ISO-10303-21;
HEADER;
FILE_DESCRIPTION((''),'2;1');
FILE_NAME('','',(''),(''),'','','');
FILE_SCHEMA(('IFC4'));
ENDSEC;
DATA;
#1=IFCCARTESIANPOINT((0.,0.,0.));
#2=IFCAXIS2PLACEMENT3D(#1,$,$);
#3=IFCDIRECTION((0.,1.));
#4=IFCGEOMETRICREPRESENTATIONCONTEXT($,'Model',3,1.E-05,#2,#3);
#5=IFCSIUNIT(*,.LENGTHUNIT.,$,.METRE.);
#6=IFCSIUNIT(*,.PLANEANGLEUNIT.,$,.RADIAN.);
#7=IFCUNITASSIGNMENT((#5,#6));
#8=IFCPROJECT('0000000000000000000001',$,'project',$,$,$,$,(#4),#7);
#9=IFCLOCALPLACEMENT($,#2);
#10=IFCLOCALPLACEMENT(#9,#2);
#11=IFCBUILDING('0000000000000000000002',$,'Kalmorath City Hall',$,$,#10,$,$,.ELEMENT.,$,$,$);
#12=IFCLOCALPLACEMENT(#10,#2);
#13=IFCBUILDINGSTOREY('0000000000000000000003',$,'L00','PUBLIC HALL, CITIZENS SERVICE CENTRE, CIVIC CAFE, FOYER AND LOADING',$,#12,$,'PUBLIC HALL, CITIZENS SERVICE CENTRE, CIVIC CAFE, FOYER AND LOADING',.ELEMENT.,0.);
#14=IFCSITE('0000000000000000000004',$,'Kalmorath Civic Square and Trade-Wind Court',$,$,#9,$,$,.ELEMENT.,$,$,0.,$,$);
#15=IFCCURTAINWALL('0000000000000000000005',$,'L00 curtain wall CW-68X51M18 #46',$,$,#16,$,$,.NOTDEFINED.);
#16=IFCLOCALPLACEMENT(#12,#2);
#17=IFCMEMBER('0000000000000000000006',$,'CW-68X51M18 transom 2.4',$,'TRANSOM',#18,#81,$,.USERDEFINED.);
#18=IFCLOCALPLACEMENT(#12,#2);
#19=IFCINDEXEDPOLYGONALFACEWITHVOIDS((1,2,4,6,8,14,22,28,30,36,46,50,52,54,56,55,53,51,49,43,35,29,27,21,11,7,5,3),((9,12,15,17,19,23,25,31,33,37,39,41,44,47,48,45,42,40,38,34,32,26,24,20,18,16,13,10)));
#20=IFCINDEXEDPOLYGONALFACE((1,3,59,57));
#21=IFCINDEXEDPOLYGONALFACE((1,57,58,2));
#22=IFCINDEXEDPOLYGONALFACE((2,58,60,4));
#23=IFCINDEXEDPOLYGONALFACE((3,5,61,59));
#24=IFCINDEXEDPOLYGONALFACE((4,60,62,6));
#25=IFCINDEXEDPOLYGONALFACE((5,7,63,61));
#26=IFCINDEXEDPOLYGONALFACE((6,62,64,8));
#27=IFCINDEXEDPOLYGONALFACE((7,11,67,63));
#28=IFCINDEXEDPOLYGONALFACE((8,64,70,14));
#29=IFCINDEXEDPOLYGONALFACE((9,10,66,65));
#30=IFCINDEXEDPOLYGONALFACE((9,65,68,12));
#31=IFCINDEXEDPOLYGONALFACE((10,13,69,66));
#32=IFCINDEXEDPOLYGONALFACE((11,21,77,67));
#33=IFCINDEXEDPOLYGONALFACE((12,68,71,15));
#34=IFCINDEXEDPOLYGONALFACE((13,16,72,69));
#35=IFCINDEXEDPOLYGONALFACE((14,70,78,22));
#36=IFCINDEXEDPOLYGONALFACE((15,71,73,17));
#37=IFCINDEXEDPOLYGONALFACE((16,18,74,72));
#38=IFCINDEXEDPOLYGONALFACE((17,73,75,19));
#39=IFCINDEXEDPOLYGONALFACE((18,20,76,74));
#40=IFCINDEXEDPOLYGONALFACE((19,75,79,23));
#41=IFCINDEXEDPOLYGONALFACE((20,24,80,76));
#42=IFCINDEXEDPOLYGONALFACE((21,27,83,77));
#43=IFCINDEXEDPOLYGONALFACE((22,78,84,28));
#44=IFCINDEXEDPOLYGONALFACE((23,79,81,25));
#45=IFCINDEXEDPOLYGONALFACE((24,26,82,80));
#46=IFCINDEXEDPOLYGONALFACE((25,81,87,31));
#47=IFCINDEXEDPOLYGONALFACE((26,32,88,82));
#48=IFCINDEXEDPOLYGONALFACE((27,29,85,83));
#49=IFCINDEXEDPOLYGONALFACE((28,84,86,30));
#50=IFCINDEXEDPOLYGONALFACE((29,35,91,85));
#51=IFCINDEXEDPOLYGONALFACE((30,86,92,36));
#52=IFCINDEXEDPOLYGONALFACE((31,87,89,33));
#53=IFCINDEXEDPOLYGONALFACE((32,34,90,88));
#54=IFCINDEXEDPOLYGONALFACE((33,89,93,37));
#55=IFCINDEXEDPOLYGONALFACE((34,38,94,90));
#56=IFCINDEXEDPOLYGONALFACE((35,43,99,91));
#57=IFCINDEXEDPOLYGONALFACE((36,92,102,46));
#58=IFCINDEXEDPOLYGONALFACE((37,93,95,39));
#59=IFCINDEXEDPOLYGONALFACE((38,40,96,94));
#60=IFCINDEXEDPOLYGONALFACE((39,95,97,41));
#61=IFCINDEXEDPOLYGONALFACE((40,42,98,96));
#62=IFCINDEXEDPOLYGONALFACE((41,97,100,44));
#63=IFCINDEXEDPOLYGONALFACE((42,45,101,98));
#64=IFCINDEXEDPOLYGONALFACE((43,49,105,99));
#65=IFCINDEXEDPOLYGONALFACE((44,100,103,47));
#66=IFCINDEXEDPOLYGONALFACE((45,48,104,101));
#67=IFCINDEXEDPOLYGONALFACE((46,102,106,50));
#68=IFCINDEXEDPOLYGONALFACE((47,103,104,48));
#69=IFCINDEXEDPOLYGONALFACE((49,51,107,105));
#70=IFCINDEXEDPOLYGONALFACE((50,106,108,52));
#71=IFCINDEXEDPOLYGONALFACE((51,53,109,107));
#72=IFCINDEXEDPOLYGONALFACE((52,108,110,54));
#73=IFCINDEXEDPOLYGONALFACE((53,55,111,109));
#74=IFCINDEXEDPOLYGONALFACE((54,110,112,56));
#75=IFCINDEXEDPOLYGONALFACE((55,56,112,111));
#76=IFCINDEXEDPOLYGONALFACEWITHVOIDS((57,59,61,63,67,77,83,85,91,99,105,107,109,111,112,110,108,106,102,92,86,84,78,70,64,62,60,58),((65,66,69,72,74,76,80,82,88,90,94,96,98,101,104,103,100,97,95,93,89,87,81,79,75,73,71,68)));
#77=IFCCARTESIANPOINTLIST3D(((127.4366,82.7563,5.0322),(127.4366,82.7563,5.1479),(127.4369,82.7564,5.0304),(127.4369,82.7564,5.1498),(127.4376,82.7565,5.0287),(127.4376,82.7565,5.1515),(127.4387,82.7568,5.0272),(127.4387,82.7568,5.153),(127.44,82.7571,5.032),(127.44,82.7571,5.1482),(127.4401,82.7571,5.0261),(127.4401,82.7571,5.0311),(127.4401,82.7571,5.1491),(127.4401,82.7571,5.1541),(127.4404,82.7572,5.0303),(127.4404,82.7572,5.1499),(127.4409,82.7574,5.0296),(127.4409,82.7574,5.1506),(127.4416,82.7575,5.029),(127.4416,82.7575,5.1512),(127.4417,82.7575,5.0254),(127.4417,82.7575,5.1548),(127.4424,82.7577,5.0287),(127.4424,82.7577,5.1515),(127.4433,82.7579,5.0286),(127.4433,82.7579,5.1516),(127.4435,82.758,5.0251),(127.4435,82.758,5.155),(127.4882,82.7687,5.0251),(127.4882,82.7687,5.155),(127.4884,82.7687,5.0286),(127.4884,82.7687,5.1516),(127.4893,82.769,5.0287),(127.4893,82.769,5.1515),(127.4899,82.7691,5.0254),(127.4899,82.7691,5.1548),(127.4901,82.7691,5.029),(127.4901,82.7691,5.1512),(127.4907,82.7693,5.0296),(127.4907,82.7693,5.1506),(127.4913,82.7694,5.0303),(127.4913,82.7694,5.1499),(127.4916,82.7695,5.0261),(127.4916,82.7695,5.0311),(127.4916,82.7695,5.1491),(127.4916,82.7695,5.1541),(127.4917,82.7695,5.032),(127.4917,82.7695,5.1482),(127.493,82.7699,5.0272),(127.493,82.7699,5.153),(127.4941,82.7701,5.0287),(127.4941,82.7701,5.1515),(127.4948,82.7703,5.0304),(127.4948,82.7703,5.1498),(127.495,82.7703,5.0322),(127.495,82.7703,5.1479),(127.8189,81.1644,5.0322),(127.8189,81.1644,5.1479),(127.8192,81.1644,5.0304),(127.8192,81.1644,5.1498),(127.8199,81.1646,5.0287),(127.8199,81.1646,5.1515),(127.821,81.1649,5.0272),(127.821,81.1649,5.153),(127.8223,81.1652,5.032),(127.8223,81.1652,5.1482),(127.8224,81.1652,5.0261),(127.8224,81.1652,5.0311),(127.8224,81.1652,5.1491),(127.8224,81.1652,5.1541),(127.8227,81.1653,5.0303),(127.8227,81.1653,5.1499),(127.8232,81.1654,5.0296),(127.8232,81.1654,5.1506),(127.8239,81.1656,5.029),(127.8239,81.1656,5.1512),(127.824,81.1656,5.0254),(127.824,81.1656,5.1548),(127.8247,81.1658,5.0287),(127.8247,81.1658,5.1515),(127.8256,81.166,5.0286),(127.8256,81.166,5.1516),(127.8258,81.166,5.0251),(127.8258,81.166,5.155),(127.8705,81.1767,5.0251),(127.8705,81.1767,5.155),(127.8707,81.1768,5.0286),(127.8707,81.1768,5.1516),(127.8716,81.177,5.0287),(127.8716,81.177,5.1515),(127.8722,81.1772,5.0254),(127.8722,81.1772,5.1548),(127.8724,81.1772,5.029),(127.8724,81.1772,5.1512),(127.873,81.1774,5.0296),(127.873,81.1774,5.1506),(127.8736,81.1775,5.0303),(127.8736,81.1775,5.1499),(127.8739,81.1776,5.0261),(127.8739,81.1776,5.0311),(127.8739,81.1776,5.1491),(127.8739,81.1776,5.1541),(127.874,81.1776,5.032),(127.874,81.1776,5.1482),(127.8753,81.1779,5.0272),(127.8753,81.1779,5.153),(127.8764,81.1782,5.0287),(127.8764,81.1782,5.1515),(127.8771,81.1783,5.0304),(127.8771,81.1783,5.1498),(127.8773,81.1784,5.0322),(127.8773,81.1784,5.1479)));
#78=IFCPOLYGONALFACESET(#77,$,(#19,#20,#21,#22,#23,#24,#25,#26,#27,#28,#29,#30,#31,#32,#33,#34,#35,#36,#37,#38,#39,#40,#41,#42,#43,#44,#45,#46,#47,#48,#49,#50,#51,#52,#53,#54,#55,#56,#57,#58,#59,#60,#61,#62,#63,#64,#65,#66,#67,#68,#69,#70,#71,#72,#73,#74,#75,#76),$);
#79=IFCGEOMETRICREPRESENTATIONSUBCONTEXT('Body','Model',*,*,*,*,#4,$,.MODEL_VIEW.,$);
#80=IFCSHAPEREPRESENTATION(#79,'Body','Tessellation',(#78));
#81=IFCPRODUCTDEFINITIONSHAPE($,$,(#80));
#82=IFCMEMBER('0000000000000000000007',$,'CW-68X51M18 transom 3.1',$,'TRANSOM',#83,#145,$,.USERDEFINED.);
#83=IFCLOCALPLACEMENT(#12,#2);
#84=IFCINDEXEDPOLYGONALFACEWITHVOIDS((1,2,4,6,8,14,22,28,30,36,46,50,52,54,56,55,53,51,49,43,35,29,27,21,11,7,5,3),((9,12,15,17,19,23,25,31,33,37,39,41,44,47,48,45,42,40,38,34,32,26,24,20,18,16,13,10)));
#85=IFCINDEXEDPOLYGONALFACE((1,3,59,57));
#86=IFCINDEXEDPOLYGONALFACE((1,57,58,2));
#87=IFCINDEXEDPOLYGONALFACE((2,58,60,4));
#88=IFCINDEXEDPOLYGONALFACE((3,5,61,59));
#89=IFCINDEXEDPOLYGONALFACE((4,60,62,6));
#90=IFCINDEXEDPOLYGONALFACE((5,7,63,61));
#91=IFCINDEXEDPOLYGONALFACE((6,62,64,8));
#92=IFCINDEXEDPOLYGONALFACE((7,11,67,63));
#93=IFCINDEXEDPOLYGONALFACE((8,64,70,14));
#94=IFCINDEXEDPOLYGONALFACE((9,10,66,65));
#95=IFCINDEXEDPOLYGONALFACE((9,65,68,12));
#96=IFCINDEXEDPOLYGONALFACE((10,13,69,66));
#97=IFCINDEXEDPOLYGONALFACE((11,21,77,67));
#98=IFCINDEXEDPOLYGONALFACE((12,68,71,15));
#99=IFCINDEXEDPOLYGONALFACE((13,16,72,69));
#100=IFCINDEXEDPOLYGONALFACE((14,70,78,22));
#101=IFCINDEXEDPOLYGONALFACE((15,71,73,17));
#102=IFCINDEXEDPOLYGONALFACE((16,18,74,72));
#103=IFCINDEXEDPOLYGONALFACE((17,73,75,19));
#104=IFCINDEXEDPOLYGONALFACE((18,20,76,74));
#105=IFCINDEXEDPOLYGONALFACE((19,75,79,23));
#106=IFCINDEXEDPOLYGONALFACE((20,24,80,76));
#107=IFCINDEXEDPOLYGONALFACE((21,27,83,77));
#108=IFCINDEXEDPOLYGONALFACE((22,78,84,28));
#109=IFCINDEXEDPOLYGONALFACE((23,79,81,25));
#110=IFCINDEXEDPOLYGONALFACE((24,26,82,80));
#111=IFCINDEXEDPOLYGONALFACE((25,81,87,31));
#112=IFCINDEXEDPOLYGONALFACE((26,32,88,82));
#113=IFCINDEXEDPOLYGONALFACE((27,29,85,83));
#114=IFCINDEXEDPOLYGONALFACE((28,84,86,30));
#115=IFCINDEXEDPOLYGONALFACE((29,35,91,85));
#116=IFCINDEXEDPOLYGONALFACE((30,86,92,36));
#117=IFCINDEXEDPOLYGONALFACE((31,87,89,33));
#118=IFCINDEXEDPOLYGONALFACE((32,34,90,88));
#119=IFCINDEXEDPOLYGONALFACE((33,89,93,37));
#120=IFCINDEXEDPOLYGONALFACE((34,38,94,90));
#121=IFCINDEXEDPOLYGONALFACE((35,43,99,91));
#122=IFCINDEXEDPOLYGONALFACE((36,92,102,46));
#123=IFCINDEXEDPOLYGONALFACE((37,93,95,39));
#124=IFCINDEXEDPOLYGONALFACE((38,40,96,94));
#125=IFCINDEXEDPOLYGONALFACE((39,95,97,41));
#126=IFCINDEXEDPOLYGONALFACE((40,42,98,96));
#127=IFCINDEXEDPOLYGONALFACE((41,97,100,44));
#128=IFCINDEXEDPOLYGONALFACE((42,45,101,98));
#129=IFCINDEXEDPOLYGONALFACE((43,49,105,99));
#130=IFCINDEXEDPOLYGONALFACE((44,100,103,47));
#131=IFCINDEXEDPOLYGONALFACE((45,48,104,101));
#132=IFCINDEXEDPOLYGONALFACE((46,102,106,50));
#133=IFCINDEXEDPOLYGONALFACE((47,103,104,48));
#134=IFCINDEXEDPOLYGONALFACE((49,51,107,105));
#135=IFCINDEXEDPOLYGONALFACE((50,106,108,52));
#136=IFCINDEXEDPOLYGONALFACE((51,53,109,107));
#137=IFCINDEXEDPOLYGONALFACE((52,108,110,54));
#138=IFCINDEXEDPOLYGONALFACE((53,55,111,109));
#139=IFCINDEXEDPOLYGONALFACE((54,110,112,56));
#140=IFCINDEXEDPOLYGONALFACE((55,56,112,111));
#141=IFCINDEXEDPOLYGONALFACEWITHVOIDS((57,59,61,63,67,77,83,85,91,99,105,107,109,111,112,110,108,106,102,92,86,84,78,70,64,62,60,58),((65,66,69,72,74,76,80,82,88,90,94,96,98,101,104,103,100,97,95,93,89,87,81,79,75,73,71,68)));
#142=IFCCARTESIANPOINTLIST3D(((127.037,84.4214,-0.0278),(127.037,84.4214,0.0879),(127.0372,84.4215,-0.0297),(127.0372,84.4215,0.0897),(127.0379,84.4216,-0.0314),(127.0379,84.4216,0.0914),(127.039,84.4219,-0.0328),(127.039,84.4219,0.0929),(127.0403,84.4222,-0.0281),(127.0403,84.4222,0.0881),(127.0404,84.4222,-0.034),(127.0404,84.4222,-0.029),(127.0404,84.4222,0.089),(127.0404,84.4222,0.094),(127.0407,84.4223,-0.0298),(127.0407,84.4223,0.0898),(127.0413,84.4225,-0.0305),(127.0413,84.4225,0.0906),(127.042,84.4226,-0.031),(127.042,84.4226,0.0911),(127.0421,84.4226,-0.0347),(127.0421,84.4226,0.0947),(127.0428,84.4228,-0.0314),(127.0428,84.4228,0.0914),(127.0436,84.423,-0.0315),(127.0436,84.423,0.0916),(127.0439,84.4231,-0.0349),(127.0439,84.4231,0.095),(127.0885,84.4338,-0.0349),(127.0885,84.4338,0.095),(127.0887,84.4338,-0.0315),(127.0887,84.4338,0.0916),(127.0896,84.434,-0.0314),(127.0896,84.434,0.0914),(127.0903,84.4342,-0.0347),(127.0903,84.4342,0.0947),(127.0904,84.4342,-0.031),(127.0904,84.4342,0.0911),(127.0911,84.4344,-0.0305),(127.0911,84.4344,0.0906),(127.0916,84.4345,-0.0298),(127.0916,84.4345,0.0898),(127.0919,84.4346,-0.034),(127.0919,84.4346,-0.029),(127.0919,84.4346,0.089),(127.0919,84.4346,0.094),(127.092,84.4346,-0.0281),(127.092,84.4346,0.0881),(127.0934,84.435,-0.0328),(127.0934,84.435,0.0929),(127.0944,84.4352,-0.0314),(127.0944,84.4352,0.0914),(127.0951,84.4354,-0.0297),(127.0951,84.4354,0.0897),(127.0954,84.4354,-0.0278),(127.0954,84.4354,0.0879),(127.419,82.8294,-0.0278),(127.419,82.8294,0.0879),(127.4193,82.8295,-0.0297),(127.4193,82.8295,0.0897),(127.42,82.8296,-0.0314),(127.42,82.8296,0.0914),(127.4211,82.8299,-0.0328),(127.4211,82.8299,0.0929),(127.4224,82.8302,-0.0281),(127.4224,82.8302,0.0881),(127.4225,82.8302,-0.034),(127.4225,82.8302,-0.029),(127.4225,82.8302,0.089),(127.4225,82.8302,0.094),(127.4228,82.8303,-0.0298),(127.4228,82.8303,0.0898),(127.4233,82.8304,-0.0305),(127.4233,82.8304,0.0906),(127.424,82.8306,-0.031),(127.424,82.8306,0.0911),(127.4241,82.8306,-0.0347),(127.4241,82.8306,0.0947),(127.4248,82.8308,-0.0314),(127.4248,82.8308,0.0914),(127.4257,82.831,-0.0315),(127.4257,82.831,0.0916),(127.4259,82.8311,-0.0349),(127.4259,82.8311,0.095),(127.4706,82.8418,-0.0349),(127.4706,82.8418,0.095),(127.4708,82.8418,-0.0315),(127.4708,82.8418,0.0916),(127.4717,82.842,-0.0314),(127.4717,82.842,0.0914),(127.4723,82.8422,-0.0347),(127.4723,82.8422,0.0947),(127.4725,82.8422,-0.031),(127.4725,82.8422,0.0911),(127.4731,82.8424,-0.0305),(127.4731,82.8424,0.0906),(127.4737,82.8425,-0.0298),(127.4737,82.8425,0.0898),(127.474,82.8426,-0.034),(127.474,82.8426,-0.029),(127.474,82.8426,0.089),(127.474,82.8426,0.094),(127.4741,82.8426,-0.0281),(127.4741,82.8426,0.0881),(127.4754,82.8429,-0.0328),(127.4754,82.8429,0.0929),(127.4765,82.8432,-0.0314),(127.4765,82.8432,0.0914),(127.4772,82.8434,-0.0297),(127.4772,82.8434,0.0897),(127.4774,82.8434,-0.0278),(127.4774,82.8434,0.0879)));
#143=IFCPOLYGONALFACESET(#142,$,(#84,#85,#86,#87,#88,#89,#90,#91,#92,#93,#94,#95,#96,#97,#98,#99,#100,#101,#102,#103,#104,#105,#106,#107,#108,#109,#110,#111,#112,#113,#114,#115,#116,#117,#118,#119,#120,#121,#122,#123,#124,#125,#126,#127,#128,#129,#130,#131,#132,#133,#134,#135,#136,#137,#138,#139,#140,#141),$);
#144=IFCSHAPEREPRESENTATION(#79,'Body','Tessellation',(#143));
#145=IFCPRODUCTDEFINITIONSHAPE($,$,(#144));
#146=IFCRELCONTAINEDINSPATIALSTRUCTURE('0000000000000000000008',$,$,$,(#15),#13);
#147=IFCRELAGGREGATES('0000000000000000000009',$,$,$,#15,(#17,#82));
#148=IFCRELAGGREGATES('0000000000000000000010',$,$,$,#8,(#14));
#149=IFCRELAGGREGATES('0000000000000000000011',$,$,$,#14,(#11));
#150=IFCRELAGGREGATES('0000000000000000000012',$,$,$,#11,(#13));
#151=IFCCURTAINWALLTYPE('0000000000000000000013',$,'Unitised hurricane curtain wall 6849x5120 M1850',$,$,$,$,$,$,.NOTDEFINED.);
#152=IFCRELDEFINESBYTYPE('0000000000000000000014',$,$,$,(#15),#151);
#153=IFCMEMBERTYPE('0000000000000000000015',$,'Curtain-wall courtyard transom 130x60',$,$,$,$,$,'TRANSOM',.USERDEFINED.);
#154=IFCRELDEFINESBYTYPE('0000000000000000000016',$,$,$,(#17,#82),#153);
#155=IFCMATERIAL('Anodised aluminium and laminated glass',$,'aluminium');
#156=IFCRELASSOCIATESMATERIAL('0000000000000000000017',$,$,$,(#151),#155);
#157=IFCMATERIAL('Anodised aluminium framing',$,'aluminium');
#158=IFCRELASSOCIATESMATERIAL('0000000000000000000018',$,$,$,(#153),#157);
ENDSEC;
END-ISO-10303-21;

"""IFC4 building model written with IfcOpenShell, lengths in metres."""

from ifc_helpers import new_model, si_unit, direction, frame, origin, origin_2d, place, context, subcontext, project, spatial, hollow_rectangle, extrude, material, material_profile, profile_set, type_object, element, aggregate, save


model = new_model("IFC4")

# Units and contexts
model_context = context("Model", 3, precision=1e-05, world=origin(), true_north=direction((0.0, 1.0)))
body_context = subcontext(model_context, "Body", "Model", "MODEL_VIEW")
ifc_project = project(units=[si_unit("LENGTHUNIT", "METRE"), si_unit("PLANEANGLEUNIT", "RADIAN")], contexts=[model_context])

# Site, building, storey
site_placement = place(None, origin())
site = spatial("IfcSite", under=ifc_project, at=site_placement, Name="Kalmorath Civic Square and Trade-Wind Court", CompositionType="ELEMENT", RefElevation=0.0)
building_placement = place(site_placement, origin())
building = spatial("IfcBuilding", under=site, at=building_placement, Name="Kalmorath City Hall", CompositionType="ELEMENT")
storey_placement = place(building_placement, origin())
storey = spatial("IfcBuildingStorey", under=building, at=storey_placement, Name="L00", Description="PUBLIC HALL, CITIZENS SERVICE CENTRE, CIVIC CAFE, FOYER AND LOADING", LongName="PUBLIC HALL, CITIZENS SERVICE CENTRE, CIVIC CAFE, FOYER AND LOADING", CompositionType="ELEMENT", Elevation=0.0)

# Curtain wall, members
ifc_material_1 = material(Name="Anodised aluminium and laminated glass", Category="aluminium")
curtain_wall_type = type_object("IfcCurtainWallType", Name="Unitised hurricane curtain wall 6849x5120 M1850", PredefinedType="NOTDEFINED", material=ifc_material_1)
ifc_material_2 = material(Name="Anodised aluminium framing", Category="aluminium")
ifc_material_profile_1 = material_profile(ifc_material_2, hollow_rectangle(XDim=0.0601, YDim=0.1299, WallThickness=0.0034, InnerFilletRadius=0.0034, OuterFilletRadius=0.0071, at=origin_2d()), Name="ALU-TRN-130X60X3.5")
ifc_profile_set_1 = profile_set([ifc_material_profile_1], Name="Anodised aluminium framing")
member_type_1 = type_object("IfcMemberType", Name="Curtain-wall courtyard transom 130x60", ElementType="TRANSOM", PredefinedType="USERDEFINED", material=ifc_profile_set_1)
curtain_wall_1_placement = place(storey_placement, origin())
curtain_wall_1 = element("IfcCurtainWall", 1, at=curtain_wall_1_placement, inside=storey, type_object=curtain_wall_type, Name="L00 curtain wall CW-68X51M18 #46", PredefinedType="NOTDEFINED")
member_1_placement = place(storey_placement, frame((127.8481, 81.1714, 5.0901), z_axis=(-0.233508, 0.972355, 0.0), x_axis=(-0.972355, -0.233508, 0.0)))
member_1 = element("IfcMember", 2, at=member_1_placement, type_object=member_type_1, Name="CW-68X51M18 transom 2.4", ObjectType="TRANSOM", PredefinedType="USERDEFINED", context=body_context, shape_type="SweptSolid", body=[
    extrude(hollow_rectangle(XDim=0.0601, YDim=0.1299, WallThickness=0.0034, InnerFilletRadius=0.0034, OuterFilletRadius=0.0071, at=origin_2d()), origin(), (0.0, 0.0, 1.0), 1.6372),
])
member_2_placement = place(storey_placement, frame((127.4482, 82.8364, 0.03), z_axis=(-0.233367, 0.972389, 0.0), x_axis=(-0.972389, -0.233367, 0.0)))
member_2 = element("IfcMember", 3, at=member_2_placement, type_object=member_type_1, Name="CW-68X51M18 transom 3.1", ObjectType="TRANSOM", PredefinedType="USERDEFINED", context=body_context, shape_type="SweptSolid", body=[
    extrude(hollow_rectangle(XDim=0.0601, YDim=0.1299, WallThickness=0.0034, InnerFilletRadius=0.0034, OuterFilletRadius=0.0071, at=origin_2d()), origin(), (0.0, 0.0, 1.0), 1.6372),
])

aggregate(curtain_wall_1, [member_1, member_2])

save(model, "model.ifc")
